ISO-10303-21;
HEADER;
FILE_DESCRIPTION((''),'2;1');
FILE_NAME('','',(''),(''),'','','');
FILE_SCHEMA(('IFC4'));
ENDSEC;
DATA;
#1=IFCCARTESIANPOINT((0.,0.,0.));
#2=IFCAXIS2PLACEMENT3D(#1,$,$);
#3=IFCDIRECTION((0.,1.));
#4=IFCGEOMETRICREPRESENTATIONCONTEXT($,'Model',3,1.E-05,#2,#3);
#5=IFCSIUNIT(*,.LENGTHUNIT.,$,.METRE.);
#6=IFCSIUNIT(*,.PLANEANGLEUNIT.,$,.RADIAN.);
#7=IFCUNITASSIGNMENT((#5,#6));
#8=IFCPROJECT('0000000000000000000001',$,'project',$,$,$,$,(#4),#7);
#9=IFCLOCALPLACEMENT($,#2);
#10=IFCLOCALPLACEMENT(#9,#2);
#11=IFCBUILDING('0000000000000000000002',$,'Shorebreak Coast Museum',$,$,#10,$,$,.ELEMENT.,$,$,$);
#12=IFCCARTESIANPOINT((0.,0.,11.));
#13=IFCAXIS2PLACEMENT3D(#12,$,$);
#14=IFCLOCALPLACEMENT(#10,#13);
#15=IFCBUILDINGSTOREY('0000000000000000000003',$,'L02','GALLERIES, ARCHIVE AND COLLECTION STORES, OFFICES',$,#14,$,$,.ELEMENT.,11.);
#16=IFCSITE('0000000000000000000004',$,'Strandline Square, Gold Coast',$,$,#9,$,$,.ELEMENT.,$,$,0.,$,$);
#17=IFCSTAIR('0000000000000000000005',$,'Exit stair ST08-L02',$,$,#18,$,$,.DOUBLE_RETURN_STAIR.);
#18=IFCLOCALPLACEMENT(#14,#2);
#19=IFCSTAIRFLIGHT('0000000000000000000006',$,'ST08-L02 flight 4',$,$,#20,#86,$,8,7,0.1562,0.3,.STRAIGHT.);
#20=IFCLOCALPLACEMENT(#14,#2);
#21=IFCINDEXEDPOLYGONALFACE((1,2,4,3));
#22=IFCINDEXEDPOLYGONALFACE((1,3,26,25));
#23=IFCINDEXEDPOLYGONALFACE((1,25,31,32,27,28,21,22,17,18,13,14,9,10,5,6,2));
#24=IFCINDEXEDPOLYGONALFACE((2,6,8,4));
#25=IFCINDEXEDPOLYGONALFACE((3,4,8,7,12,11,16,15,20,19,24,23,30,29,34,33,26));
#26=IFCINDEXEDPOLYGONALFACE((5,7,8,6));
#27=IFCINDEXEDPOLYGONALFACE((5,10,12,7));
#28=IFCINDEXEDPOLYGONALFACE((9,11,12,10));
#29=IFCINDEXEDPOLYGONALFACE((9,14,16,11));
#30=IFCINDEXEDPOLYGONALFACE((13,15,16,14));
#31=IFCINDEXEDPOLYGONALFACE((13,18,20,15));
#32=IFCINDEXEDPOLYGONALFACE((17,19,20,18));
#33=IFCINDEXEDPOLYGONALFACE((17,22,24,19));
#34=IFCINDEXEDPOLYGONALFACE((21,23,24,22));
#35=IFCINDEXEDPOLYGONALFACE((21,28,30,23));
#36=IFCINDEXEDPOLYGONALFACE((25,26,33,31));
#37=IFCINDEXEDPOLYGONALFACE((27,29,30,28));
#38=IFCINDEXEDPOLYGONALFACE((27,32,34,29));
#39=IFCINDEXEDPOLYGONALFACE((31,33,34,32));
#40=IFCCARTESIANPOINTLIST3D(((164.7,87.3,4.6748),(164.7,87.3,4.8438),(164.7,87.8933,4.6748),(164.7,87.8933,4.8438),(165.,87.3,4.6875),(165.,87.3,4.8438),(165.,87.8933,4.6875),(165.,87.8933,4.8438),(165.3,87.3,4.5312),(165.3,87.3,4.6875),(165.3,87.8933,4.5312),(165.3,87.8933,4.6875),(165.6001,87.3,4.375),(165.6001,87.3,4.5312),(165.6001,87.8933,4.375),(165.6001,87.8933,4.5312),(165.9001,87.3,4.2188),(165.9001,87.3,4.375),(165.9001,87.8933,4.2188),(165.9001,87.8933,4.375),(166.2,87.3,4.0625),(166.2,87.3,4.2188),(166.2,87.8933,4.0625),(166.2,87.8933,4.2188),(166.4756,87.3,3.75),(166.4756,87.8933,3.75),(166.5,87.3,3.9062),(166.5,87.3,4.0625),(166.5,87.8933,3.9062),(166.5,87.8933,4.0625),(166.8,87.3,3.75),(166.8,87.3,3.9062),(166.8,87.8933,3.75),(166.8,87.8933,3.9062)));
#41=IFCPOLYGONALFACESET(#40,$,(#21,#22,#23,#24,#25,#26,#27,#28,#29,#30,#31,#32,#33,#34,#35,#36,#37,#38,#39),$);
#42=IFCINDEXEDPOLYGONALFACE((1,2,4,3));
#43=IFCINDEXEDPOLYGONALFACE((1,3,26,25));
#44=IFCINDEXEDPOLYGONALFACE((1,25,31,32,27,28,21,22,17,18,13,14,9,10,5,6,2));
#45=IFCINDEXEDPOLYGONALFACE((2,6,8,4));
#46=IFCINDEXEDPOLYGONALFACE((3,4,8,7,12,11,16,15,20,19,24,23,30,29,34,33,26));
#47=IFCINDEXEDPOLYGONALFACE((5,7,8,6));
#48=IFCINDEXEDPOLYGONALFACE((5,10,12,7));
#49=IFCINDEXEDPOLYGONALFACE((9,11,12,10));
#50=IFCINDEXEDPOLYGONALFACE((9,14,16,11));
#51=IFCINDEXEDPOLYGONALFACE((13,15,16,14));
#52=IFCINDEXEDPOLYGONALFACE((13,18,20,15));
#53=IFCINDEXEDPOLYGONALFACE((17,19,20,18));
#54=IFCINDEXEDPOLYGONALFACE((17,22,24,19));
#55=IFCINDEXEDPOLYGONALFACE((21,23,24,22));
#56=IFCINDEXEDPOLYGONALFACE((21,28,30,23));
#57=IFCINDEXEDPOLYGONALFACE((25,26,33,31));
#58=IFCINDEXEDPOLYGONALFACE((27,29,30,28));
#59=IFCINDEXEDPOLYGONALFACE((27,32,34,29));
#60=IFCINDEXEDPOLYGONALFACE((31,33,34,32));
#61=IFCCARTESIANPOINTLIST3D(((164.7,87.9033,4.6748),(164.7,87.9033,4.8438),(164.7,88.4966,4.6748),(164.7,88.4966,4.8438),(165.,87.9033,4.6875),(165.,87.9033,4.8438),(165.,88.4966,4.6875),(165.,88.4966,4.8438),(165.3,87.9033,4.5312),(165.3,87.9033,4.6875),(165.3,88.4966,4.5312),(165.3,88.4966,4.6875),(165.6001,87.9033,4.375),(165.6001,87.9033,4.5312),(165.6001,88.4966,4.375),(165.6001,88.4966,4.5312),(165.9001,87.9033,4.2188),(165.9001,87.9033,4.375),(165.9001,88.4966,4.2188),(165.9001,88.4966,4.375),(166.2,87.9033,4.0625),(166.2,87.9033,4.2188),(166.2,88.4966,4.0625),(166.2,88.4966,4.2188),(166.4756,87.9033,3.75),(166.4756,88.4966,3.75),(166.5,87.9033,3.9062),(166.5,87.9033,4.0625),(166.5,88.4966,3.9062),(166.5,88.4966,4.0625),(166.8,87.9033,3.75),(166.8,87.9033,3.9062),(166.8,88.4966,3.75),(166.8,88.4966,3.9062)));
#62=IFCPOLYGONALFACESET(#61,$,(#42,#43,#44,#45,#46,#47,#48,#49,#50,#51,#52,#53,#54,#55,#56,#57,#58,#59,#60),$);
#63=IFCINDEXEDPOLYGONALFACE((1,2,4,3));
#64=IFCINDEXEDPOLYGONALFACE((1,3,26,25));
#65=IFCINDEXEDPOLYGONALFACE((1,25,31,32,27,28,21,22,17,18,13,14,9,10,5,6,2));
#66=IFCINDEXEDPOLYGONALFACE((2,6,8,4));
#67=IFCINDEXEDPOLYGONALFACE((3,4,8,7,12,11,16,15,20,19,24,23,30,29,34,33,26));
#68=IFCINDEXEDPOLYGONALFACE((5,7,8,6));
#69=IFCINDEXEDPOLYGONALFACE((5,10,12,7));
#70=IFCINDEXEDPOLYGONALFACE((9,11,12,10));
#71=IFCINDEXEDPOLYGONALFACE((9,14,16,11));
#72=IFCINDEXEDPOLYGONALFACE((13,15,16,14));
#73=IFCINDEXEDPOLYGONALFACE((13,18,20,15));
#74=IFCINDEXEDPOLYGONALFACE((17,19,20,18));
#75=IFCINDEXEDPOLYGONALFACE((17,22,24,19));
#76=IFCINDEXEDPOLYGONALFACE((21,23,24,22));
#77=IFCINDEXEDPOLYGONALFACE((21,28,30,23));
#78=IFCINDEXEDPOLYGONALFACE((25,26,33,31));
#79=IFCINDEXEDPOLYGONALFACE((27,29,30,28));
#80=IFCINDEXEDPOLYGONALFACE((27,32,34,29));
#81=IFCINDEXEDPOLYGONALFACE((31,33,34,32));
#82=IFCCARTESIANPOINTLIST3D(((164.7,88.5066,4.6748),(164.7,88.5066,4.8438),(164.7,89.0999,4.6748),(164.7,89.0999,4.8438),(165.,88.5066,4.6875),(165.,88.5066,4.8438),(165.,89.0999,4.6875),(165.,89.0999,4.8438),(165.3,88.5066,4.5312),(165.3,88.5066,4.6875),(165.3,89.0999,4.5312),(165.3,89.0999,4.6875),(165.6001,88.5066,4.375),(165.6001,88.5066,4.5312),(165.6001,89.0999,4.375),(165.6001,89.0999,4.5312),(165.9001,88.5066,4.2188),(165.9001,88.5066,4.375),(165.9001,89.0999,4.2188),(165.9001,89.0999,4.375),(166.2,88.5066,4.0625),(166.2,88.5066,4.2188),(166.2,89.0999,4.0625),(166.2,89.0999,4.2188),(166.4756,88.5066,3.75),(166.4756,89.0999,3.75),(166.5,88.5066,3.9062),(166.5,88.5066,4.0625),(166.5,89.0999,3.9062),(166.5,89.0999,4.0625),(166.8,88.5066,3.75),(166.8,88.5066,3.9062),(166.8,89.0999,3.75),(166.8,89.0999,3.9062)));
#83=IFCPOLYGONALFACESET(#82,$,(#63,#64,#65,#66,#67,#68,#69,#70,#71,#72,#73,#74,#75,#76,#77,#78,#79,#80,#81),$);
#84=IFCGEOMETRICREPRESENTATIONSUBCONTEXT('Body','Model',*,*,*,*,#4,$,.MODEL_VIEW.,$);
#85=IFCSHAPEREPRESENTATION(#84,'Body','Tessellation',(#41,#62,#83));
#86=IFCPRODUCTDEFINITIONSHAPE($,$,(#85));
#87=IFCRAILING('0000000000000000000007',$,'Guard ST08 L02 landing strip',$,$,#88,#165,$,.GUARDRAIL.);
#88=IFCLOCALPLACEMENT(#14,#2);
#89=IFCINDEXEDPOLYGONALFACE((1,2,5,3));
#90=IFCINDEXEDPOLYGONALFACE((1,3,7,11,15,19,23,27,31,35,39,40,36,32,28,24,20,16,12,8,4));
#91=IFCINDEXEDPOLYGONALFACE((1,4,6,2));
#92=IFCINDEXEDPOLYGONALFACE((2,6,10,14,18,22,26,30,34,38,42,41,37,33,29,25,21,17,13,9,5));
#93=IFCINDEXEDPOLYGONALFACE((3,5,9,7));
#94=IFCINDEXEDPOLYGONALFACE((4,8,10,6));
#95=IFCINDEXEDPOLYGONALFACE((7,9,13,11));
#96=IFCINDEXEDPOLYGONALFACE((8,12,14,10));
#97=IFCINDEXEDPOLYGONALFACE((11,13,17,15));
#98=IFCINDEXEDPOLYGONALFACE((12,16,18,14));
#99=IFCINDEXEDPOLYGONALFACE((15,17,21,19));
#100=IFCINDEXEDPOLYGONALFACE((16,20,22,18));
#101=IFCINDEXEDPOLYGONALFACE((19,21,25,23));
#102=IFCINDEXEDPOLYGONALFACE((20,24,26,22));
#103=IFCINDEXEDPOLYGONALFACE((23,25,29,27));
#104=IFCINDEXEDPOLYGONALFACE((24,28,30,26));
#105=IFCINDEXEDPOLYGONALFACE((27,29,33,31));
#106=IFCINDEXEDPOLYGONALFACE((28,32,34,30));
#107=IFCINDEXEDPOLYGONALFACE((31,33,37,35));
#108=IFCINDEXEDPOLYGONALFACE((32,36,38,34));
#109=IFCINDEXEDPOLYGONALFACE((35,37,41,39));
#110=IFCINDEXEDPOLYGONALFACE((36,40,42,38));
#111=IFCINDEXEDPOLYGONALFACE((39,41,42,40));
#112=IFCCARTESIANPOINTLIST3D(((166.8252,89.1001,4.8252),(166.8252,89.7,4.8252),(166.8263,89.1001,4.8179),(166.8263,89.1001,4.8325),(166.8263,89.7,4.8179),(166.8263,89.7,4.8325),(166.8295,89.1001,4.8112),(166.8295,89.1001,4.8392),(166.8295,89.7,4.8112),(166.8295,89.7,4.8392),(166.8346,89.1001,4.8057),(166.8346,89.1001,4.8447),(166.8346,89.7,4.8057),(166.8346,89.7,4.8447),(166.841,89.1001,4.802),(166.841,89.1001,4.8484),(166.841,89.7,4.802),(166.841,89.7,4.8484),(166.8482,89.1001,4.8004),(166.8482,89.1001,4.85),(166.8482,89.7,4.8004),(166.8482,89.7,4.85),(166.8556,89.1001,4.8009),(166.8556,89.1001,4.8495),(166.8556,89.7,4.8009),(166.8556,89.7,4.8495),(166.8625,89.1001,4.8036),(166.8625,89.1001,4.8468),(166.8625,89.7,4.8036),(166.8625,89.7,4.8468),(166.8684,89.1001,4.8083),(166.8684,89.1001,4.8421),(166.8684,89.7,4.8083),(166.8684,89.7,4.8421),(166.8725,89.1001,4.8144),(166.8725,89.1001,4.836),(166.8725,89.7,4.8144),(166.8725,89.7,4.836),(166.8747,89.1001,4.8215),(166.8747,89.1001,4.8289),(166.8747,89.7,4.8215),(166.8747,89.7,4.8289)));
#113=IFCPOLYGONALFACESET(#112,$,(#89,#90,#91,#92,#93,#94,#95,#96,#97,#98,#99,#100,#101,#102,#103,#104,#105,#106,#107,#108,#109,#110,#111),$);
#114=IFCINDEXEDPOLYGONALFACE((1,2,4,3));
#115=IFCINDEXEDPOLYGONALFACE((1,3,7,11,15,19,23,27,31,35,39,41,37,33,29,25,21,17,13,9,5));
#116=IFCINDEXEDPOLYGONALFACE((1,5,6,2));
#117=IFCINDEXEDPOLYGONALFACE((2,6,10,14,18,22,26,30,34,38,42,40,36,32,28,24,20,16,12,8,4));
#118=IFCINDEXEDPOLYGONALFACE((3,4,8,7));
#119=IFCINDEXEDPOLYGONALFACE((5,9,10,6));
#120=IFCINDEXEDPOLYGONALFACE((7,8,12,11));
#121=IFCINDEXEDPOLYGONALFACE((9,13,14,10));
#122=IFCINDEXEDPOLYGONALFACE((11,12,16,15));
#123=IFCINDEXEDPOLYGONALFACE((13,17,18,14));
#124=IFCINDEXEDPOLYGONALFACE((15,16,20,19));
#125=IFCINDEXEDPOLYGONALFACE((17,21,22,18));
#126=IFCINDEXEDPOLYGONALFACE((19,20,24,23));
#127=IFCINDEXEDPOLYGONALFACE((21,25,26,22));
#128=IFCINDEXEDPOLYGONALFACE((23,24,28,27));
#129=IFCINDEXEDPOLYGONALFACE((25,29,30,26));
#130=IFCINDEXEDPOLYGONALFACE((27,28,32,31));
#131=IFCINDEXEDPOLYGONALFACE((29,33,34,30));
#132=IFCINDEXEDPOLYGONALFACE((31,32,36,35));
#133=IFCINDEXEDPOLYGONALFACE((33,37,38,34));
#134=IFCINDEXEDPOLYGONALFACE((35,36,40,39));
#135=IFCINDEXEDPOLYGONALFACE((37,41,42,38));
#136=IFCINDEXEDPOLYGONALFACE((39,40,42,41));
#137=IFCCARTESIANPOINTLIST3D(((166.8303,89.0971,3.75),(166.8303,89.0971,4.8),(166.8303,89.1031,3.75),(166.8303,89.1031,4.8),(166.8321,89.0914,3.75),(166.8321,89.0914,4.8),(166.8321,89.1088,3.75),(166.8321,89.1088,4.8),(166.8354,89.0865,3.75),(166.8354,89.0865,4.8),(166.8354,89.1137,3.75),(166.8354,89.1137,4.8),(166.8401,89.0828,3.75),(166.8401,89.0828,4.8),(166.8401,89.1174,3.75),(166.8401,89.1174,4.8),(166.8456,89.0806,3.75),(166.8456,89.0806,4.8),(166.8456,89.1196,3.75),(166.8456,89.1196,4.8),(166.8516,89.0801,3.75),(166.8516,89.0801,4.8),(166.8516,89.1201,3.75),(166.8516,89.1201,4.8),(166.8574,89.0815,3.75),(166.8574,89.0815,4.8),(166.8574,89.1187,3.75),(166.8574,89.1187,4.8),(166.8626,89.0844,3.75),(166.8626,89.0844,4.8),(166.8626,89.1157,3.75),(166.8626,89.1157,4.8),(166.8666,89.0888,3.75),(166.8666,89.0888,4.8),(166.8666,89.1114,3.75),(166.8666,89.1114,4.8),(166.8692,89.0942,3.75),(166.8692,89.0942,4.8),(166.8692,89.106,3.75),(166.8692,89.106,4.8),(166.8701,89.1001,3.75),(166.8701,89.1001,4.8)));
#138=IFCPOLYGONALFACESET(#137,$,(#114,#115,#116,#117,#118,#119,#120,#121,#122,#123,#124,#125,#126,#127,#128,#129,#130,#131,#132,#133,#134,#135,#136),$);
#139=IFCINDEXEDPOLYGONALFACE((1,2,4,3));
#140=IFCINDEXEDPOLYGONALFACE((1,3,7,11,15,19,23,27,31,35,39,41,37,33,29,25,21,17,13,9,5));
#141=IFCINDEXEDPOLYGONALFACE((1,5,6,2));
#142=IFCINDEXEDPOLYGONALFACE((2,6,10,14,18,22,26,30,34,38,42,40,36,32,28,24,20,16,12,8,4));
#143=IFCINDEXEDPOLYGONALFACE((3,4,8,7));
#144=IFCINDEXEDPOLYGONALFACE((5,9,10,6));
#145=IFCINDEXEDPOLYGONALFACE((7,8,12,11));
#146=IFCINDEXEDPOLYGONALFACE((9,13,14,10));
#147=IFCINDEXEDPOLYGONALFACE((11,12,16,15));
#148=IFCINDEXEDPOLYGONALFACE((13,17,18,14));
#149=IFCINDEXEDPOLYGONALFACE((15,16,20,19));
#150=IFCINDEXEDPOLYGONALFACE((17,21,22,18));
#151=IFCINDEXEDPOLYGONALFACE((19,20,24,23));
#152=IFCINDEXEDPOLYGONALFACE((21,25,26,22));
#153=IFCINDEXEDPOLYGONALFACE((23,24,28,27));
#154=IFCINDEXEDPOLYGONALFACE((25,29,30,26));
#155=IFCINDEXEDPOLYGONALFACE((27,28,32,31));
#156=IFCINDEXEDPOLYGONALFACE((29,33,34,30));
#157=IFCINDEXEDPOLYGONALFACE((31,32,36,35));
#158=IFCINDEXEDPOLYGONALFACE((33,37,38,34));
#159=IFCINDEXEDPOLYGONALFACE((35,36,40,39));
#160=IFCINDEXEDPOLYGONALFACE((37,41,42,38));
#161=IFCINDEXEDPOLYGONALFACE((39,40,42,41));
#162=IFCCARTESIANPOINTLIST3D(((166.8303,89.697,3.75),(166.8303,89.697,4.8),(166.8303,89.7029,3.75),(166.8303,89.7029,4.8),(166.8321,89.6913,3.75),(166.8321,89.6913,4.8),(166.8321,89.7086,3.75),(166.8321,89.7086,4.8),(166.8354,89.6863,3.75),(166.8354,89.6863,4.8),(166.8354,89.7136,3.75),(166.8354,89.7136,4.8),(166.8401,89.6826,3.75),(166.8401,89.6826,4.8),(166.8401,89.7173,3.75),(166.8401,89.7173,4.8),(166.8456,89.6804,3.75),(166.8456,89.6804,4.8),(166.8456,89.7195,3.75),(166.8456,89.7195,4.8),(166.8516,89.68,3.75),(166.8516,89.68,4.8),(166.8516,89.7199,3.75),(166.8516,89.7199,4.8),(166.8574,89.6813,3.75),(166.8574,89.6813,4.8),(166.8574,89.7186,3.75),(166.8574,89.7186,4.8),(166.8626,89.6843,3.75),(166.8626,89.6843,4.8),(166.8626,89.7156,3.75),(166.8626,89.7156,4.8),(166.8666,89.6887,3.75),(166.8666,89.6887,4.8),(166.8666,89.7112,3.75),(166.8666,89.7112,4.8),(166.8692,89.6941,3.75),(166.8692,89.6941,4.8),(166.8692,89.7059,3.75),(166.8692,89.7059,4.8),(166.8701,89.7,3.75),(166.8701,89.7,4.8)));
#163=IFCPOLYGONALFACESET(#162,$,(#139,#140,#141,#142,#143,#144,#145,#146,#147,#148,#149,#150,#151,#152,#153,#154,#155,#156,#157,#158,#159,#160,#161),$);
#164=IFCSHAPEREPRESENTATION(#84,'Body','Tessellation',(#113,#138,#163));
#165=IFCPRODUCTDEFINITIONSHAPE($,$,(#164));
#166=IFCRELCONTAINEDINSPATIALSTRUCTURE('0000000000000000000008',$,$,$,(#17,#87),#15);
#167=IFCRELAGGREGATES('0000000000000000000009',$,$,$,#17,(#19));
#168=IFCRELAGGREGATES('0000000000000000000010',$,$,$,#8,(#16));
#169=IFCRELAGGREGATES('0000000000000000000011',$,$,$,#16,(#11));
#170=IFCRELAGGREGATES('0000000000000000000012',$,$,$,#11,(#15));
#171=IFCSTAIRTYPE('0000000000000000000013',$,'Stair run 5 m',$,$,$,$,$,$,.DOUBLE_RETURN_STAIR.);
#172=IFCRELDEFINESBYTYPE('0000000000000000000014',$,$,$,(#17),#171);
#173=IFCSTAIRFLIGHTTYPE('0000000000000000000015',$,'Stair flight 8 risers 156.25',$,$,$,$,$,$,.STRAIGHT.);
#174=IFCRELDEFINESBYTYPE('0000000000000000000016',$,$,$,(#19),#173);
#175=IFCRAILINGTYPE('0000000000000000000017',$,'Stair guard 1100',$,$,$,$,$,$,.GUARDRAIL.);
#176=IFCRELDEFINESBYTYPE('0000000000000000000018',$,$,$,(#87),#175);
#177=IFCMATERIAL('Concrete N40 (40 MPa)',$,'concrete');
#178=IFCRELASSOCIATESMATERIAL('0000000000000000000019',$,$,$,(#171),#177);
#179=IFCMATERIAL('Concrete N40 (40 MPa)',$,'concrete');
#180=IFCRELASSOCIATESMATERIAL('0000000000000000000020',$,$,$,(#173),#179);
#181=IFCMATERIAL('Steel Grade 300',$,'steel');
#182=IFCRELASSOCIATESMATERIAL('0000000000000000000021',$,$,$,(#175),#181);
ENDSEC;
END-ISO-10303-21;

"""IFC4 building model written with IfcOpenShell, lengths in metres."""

from ifc_helpers import new_model, si_unit, direction, frame, origin, origin_2d, place, context, subcontext, project, spatial, polyline, circle, outline, extrude, material, type_object, element, aggregate, save


model = new_model("IFC4")

# Units and contexts
model_context = context("Model", 3, precision=1e-05, world=origin(), true_north=direction((0.0, 1.0)))
body_context = subcontext(model_context, "Body", "Model", "MODEL_VIEW")
ifc_project = project(units=[si_unit("LENGTHUNIT", "METRE"), si_unit("PLANEANGLEUNIT", "RADIAN")], contexts=[model_context])

# Site, building, storey
site_placement = place(None, origin())
site = spatial("IfcSite", under=ifc_project, at=site_placement, Name="Strandline Square, Gold Coast", CompositionType="ELEMENT", RefElevation=0.0)
building_placement = place(site_placement, origin())
building = spatial("IfcBuilding", under=site, at=building_placement, Name="Shorebreak Coast Museum", CompositionType="ELEMENT")
storey_placement = place(building_placement, frame((0.0, 0.0, 11.0)))
storey = spatial("IfcBuildingStorey", under=building, at=storey_placement, Name="L02", Description="GALLERIES, ARCHIVE AND COLLECTION STORES, OFFICES", CompositionType="ELEMENT", Elevation=11.0)

# Stair, stair flight
ifc_material_1 = material(Name="Concrete N40 (40 MPa)", Category="concrete")
stair_type = type_object("IfcStairType", Name="Stair run 5 m", PredefinedType="DOUBLE_RETURN_STAIR", material=ifc_material_1)
stair_placement = place(storey_placement, origin())
stair = element("IfcStair", 1, at=stair_placement, inside=storey, type_object=stair_type, Name="Exit stair ST08-L02", PredefinedType="DOUBLE_RETURN_STAIR")
ifc_material_2 = material(Name="Concrete N40 (40 MPa)", Category="concrete")
stair_flight_type = type_object("IfcStairFlightType", Name="Stair flight 8 risers 156.25", PredefinedType="STRAIGHT", material=ifc_material_2)
stair_flight_1_placement = place(storey_placement, frame((166.8, 88.2, 3.75), z_axis=(0.0, 0.0, 1.0), x_axis=(-1.0, 0.0, 0.0)))
stair_flight_1 = element("IfcStairFlight", 2, at=stair_flight_1_placement, type_object=stair_flight_type, Name="ST08-L02 flight 4", NumberOfRisers=8, NumberOfTreads=7, PredefinedType="STRAIGHT", RiserHeight=0.1562, TreadLength=0.3, context=body_context, shape_type="SweptSolid", body=[
    extrude(outline(polyline([(0.0, 0.0), (0.0, 0.1562), (0.3, 0.1562), (0.3, 0.3125), (0.6001, 0.3125), (0.6001, 0.4688), (0.8999, 0.4688), (0.8999, 0.625), (1.2, 0.625), (1.2, 0.7812), (1.5, 0.7812), (1.5, 0.9375), (1.8, 0.9375), (1.8, 1.0938), (2.1001, 1.0938), (2.1001, 1.25), (2.1001, 0.9248), (0.3245, 0.0), (0.0, 0.0)])), frame((0.0, 0.8999, 0.0), z_axis=(0.0, -1.0, 0.0), x_axis=(1.0, 0.0, 0.0)), (0.0, 0.0, 1.0), 0.5933),
    extrude(outline(polyline([(0.0, 0.0), (0.0, 0.1562), (0.3, 0.1562), (0.3, 0.3125), (0.6001, 0.3125), (0.6001, 0.4688), (0.8999, 0.4688), (0.8999, 0.625), (1.2, 0.625), (1.2, 0.7812), (1.5, 0.7812), (1.5, 0.9375), (1.8, 0.9375), (1.8, 1.0938), (2.1001, 1.0938), (2.1001, 1.25), (2.1001, 0.9248), (0.3245, 0.0), (0.0, 0.0)])), frame((0.0, 0.2966, 0.0), z_axis=(0.0, -1.0, 0.0), x_axis=(1.0, 0.0, 0.0)), (0.0, 0.0, 1.0), 0.5933),
    extrude(outline(polyline([(0.0, 0.0), (0.0, 0.1562), (0.3, 0.1562), (0.3, 0.3125), (0.6001, 0.3125), (0.6001, 0.4688), (0.8999, 0.4688), (0.8999, 0.625), (1.2, 0.625), (1.2, 0.7812), (1.5, 0.7812), (1.5, 0.9375), (1.8, 0.9375), (1.8, 1.0938), (2.1001, 1.0938), (2.1001, 1.25), (2.1001, 0.9248), (0.3245, 0.0), (0.0, 0.0)])), frame((0.0, -0.3066, 0.0), z_axis=(0.0, -1.0, 0.0), x_axis=(1.0, 0.0, 0.0)), (0.0, 0.0, 1.0), 0.5933),
])
aggregate(stair, [stair_flight_1])

# Railing
ifc_material_3 = material(Name="Steel Grade 300", Category="steel")
railing_type_1 = type_object("IfcRailingType", Name="Stair guard 1100", PredefinedType="GUARDRAIL", material=ifc_material_3)
railing_1_placement = place(storey_placement, frame((166.8501, 89.1001, 3.75)))
element("IfcRailing", 3, at=railing_1_placement, inside=storey, type_object=railing_type_1, Name="Guard ST08 L02 landing strip", PredefinedType="GUARDRAIL", context=body_context, shape_type="SweptSolid", body=[
    extrude(circle(Radius=0.0249, at=origin_2d()), frame((0.0, 0.0, 1.0752), z_axis=(0.0, 1.0, 0.0), x_axis=(-1.0, 0.0, 0.0)), (0.0, 0.0, 1.0), 0.5999),
    extrude(circle(Radius=0.02, at=origin_2d()), origin(), (0.0, 0.0, 1.0), 1.05),
    extrude(circle(Radius=0.02, at=origin_2d()), frame((0.0, 0.5999, 0.0)), (0.0, 0.0, 1.0), 1.05),
])

save(model, "model.ifc")
